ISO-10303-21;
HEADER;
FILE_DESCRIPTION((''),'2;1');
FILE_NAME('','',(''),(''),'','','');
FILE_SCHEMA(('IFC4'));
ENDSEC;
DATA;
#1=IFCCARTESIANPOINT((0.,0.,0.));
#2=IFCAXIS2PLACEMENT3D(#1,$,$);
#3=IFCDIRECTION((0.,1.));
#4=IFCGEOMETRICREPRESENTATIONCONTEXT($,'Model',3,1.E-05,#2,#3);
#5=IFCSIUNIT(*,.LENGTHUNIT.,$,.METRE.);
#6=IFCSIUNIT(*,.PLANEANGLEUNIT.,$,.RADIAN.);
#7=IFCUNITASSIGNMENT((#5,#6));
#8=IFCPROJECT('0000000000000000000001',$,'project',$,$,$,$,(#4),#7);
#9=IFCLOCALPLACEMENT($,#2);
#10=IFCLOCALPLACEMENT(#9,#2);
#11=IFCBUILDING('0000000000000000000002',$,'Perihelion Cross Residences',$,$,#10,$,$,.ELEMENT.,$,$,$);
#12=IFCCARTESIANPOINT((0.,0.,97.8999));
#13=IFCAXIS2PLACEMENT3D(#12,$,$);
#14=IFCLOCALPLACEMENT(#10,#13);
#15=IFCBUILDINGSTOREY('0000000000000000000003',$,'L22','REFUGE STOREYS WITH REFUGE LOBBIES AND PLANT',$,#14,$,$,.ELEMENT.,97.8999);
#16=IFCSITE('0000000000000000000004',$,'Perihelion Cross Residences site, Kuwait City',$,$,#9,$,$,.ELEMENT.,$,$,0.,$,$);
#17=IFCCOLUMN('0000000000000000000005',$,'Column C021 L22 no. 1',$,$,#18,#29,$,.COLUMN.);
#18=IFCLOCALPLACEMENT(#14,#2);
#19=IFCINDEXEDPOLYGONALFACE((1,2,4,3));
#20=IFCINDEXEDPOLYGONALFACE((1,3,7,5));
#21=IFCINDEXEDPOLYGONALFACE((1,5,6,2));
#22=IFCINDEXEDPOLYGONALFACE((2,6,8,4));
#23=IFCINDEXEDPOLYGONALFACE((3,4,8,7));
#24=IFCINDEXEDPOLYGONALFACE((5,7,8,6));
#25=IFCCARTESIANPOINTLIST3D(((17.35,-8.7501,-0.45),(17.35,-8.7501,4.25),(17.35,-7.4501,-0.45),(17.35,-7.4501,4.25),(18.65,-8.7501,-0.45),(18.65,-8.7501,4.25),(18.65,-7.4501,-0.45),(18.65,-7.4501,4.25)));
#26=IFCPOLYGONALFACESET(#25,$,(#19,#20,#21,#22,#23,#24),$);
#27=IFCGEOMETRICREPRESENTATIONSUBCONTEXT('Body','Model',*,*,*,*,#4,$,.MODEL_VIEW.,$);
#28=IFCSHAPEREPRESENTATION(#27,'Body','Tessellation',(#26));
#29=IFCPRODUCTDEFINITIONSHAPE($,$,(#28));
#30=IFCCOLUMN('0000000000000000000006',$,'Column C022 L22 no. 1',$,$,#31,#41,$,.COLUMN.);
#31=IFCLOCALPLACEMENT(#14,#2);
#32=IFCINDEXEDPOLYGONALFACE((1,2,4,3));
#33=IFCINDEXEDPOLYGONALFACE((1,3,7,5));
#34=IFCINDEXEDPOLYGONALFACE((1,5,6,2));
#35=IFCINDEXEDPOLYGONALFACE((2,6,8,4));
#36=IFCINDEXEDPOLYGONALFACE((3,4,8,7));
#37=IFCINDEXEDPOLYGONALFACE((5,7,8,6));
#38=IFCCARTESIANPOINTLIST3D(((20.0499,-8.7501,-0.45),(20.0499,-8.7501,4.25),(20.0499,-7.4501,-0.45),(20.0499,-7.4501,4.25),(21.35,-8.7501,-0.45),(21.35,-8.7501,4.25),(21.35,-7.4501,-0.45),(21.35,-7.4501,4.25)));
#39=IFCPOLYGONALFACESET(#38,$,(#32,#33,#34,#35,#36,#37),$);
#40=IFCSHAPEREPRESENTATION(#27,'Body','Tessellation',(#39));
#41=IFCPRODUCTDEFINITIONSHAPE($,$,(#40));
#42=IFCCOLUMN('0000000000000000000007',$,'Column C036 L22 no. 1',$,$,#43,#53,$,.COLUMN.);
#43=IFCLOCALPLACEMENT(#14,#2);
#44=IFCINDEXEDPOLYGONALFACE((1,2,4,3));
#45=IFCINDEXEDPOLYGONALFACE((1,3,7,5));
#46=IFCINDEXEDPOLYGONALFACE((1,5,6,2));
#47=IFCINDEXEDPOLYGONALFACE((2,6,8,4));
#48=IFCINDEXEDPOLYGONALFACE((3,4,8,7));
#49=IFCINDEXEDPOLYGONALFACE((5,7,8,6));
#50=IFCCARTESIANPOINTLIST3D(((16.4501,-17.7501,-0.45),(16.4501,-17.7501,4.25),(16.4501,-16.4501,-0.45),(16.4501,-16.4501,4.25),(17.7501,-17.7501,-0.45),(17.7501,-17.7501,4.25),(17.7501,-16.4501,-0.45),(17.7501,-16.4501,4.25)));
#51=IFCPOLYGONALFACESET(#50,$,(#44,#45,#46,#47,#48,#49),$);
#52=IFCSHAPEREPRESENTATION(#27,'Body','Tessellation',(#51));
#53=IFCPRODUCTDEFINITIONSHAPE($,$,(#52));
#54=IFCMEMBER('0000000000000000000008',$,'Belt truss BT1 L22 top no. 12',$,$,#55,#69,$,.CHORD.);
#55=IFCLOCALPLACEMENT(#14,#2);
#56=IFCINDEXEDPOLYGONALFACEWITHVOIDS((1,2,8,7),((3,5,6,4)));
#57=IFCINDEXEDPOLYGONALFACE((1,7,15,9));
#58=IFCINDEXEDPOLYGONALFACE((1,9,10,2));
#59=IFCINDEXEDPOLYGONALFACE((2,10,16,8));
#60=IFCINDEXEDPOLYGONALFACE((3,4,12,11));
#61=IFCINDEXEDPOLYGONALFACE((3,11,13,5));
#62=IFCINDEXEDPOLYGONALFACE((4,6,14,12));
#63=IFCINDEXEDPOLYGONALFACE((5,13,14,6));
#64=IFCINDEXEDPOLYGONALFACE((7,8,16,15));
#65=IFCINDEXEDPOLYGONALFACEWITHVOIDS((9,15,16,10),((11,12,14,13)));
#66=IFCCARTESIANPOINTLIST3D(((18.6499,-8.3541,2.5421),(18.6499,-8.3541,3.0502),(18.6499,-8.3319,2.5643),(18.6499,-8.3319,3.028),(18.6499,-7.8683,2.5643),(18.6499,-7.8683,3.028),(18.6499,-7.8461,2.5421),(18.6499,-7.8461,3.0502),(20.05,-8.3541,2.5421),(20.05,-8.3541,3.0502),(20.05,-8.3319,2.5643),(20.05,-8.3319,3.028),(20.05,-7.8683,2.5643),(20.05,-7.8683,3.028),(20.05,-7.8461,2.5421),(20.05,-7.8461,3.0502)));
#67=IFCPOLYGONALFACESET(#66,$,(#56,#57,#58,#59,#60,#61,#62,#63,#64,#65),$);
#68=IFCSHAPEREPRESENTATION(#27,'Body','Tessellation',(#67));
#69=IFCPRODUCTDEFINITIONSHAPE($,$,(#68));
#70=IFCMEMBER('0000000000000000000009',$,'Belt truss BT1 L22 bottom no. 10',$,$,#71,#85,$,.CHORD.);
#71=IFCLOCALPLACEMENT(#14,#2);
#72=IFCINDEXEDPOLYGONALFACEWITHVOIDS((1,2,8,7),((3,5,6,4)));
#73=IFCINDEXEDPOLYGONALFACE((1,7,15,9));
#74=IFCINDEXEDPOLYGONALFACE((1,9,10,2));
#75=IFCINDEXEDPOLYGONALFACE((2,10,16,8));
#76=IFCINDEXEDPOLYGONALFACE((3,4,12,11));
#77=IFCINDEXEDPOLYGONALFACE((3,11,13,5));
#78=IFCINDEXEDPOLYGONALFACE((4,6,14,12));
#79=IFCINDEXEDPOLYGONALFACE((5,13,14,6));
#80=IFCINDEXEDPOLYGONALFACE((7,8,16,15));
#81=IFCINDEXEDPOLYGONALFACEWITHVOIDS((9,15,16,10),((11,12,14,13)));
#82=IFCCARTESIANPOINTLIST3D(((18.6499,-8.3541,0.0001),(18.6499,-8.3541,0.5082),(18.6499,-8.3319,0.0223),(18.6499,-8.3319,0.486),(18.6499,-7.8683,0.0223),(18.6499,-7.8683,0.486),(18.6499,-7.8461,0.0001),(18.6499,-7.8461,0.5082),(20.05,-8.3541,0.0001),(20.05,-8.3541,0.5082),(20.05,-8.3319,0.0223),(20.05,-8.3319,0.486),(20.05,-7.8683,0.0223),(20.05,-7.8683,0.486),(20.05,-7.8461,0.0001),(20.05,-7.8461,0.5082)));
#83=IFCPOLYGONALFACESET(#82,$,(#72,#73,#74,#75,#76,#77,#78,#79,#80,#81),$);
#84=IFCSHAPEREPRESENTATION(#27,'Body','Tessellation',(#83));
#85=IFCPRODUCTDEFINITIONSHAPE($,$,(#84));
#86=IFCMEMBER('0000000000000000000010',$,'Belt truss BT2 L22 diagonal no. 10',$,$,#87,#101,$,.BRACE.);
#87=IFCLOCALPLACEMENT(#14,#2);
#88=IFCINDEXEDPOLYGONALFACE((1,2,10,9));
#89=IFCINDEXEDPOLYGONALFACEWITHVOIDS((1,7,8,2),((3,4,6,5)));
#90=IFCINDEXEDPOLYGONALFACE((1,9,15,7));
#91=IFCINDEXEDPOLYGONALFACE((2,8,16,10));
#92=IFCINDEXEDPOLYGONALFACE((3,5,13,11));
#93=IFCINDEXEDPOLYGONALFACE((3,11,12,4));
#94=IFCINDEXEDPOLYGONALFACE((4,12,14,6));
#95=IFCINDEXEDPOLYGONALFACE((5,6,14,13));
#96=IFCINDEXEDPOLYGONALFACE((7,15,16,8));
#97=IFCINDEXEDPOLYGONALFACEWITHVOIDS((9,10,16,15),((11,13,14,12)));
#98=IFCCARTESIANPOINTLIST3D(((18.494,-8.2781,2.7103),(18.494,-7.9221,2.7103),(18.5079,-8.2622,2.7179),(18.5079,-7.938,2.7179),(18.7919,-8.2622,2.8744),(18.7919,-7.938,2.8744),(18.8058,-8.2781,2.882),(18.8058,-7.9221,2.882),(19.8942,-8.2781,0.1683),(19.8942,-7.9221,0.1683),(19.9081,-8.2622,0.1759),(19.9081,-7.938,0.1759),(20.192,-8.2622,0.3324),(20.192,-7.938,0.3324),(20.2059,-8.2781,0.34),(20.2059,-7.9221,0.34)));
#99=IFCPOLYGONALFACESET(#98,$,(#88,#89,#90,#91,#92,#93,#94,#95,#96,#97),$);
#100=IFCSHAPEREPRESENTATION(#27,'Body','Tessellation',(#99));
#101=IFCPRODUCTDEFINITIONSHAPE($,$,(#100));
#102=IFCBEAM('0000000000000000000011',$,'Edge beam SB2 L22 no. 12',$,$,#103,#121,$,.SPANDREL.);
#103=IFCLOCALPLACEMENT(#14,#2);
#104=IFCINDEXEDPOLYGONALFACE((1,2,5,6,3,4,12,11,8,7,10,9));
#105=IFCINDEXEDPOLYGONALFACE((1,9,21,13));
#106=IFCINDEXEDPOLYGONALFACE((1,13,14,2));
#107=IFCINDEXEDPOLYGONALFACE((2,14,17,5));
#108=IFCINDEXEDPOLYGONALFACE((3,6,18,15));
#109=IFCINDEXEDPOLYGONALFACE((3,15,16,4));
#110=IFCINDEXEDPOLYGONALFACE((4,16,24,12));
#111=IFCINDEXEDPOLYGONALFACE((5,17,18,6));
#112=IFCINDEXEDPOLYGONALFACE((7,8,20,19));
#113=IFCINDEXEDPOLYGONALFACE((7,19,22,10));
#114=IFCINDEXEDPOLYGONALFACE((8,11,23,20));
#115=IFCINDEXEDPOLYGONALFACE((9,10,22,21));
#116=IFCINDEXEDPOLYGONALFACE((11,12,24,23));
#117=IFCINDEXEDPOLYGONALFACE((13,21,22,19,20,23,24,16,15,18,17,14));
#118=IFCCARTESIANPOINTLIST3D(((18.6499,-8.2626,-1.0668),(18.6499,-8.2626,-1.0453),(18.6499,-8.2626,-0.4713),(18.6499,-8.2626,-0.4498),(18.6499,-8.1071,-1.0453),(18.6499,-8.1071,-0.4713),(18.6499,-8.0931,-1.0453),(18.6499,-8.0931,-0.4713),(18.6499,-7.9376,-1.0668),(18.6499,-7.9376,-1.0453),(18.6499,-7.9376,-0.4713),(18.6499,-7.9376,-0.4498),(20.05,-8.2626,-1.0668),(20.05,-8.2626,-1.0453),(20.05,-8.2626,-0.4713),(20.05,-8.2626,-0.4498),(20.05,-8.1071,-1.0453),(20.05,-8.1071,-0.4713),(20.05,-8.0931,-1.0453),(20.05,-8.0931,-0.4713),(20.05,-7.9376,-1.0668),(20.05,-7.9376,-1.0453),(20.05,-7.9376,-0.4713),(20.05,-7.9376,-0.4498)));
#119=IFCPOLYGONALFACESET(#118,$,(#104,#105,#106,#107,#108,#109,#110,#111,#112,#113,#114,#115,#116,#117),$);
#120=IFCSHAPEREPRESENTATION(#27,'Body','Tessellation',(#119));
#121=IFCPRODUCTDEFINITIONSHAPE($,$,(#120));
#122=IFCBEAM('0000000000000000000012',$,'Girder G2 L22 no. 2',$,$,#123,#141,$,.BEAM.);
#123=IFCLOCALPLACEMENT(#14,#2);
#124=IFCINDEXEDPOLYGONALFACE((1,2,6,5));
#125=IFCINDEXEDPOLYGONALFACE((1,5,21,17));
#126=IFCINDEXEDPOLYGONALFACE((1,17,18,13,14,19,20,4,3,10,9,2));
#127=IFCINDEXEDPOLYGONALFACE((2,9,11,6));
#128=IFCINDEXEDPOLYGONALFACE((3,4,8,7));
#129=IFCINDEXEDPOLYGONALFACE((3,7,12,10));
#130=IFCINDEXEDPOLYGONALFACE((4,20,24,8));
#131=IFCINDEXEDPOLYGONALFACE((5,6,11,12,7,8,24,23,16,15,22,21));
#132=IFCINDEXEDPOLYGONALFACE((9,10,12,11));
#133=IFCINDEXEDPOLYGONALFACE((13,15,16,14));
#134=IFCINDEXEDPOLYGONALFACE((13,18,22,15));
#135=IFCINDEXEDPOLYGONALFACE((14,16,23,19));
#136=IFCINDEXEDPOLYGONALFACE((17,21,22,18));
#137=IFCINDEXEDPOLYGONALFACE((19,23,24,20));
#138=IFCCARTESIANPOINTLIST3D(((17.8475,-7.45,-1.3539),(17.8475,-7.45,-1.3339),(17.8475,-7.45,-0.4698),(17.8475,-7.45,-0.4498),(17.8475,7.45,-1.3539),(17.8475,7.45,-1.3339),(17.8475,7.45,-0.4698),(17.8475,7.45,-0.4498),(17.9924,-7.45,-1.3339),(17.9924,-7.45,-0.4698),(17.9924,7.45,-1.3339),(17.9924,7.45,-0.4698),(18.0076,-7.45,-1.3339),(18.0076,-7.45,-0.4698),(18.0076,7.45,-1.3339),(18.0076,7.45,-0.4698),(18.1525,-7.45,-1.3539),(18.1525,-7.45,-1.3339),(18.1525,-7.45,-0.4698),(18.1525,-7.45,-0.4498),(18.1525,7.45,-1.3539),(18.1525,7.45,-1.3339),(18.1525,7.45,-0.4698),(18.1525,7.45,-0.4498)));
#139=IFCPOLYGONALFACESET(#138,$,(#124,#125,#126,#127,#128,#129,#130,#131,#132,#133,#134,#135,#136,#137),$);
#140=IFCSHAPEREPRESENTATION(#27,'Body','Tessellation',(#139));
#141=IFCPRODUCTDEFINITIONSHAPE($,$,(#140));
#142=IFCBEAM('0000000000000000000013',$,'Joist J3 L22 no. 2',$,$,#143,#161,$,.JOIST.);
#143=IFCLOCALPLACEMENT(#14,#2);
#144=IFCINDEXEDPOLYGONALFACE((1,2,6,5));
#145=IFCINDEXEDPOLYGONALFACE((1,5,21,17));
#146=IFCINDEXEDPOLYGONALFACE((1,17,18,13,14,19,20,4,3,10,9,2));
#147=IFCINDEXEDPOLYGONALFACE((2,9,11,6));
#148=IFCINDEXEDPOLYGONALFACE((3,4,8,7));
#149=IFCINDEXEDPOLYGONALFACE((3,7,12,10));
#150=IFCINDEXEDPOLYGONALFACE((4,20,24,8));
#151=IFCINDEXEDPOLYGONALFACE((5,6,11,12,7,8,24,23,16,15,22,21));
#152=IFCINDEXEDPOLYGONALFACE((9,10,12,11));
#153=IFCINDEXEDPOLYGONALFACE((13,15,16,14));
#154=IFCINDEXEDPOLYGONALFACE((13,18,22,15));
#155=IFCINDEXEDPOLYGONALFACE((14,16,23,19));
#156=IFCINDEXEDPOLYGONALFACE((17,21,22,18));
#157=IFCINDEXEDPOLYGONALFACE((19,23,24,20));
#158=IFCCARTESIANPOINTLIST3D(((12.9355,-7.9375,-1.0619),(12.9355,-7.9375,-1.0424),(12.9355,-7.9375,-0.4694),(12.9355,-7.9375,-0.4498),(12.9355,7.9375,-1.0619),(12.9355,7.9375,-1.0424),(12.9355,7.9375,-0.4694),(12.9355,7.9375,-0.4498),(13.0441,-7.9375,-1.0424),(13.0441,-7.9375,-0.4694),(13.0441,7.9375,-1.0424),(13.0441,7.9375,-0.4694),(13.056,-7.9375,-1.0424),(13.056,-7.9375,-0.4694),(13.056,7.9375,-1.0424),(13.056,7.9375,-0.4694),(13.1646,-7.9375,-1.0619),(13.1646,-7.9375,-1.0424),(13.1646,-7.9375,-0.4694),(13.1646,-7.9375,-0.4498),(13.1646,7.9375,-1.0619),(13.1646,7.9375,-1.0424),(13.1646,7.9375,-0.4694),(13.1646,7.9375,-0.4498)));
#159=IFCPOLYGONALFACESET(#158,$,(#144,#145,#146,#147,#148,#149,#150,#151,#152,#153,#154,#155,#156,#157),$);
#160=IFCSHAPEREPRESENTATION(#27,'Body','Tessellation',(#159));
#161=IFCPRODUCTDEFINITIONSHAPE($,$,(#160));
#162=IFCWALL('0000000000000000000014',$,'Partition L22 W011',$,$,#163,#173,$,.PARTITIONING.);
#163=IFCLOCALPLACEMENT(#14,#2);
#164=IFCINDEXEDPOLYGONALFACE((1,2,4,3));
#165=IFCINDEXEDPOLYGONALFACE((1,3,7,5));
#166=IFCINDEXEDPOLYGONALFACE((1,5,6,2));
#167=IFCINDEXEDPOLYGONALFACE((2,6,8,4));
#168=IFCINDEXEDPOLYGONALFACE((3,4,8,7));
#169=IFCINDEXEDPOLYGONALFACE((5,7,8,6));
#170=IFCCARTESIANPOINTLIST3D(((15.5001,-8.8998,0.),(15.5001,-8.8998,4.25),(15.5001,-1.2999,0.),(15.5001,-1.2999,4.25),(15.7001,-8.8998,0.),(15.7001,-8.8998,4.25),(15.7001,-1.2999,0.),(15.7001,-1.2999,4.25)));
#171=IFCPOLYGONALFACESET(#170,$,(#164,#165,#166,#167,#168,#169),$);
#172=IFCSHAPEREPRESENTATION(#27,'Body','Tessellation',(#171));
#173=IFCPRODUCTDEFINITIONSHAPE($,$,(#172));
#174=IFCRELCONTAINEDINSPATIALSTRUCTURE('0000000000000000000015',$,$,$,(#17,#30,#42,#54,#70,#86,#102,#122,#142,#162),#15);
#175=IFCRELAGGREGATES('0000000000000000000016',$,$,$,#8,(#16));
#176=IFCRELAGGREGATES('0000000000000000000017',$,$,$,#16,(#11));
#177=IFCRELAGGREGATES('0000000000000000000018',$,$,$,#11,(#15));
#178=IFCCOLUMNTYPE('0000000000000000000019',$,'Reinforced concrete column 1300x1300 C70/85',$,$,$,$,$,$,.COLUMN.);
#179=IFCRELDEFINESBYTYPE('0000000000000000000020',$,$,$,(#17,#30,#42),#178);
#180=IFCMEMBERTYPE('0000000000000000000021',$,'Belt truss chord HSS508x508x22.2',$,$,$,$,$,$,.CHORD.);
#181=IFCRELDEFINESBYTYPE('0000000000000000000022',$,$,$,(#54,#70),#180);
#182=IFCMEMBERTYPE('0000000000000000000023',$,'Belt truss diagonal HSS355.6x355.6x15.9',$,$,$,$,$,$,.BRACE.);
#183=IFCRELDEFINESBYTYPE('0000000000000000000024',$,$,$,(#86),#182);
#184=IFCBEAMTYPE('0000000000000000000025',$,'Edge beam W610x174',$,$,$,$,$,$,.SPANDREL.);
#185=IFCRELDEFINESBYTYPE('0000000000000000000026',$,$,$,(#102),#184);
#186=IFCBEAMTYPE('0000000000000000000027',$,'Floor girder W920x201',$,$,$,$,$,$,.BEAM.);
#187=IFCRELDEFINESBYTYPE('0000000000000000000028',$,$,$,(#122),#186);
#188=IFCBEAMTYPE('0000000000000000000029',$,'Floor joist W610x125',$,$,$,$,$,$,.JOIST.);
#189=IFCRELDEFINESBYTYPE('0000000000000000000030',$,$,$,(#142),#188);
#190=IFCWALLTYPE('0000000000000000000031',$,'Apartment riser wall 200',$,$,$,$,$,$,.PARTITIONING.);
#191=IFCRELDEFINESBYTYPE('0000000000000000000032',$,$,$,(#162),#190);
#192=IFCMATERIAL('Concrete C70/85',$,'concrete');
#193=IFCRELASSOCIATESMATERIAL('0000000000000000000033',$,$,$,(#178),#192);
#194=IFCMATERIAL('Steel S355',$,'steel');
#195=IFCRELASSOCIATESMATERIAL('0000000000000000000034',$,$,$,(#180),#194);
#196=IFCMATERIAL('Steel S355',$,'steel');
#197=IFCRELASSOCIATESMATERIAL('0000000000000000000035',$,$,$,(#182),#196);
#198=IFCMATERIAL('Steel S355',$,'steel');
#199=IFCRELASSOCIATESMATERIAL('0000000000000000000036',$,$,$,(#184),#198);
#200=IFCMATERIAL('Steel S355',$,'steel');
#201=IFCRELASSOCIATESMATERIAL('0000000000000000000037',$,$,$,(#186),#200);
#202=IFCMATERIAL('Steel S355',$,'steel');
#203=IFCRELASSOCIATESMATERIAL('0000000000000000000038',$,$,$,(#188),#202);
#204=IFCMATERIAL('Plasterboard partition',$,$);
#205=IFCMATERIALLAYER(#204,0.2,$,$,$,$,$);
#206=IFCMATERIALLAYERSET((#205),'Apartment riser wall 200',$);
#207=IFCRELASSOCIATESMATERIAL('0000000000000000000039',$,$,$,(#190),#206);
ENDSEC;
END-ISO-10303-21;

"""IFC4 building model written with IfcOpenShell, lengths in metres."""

from ifc_helpers import new_model, si_unit, direction, frame, frame_2d, origin, origin_2d, place, context, subcontext, project, spatial, rectangle, hollow_rectangle, i_section, extrude, material, layer, layer_set, material_profile, profile_set, type_object, element, save


model = new_model("IFC4")

# Units and contexts
model_context = context("Model", 3, precision=1e-05, world=origin(), true_north=direction((0.0, 1.0)))
body_context = subcontext(model_context, "Body", "Model", "MODEL_VIEW")
ifc_project = project(units=[si_unit("LENGTHUNIT", "METRE"), si_unit("PLANEANGLEUNIT", "RADIAN")], contexts=[model_context])

# Site, building, storey
site_placement = place(None, origin())
site = spatial("IfcSite", under=ifc_project, at=site_placement, Name="Perihelion Cross Residences site, Kuwait City", CompositionType="ELEMENT", RefElevation=0.0)
building_placement = place(site_placement, origin())
building = spatial("IfcBuilding", under=site, at=building_placement, Name="Perihelion Cross Residences", CompositionType="ELEMENT")
storey_placement = place(building_placement, frame((0.0, 0.0, 97.8999)))
storey = spatial("IfcBuildingStorey", under=building, at=storey_placement, Name="L22", Description="REFUGE STOREYS WITH REFUGE LOBBIES AND PLANT", CompositionType="ELEMENT", Elevation=97.8999)

# Columns
ifc_material_1 = material(Name="Concrete C70/85", Category="concrete")
ifc_material_profile_1 = material_profile(ifc_material_1, rectangle(XDim=1.3, YDim=1.3, at=origin_2d()), Name="RC 1300x1300")
ifc_profile_set_1 = profile_set([ifc_material_profile_1], Name="Concrete C70/85")
column_type = type_object("IfcColumnType", Name="Reinforced concrete column 1300x1300 C70/85", PredefinedType="COLUMN", material=ifc_profile_set_1)
for number, where, z_axis, x_axis, name in (
    (1, (18.0, -8.1001, -0.45), (0.0, 0.0, 1.0), (1.0, 0.0, 0.0), "Column C021 L22 no. 1"),
    (2, (20.7, -8.1001, -0.45), (0.0, 0.0, 1.0), (1.0, 0.0, 0.0), "Column C022 L22 no. 1"),
    (3, (17.1001, -17.1001, -0.45), (0.0, 0.0, 1.0), (1.0, 0.0, 0.0), "Column C036 L22 no. 1"),
):
    element("IfcColumn", number, at=place(storey_placement, frame(where, z_axis=z_axis, x_axis=x_axis)), inside=storey, type_object=column_type, Name=name, PredefinedType="COLUMN", context=body_context, shape_type="SweptSolid", body=[
        extrude(rectangle(XDim=1.3, YDim=1.3, at=origin_2d()), origin(), (0.0, 0.0, 1.0), 4.7),
    ])

# Members
ifc_material_2 = material(Name="Steel S355", Category="steel")
ifc_material_profile_2 = material_profile(ifc_material_2, hollow_rectangle(XDim=0.5081, YDim=0.5081, WallThickness=0.0222, at=origin_2d()), Name="HSS508x508x22.2")
ifc_profile_set_2 = profile_set([ifc_material_profile_2], Name="Steel S355")
member_type_1 = type_object("IfcMemberType", Name="Belt truss chord HSS508x508x22.2", PredefinedType="CHORD", material=ifc_profile_set_2)
for number, where, z_axis, x_axis, name in (
    (4, (18.6499, -8.1001, 2.7961), (1.0, 0.0, 0.0), (0.0, 1.0, 0.0), "Belt truss BT1 L22 top no. 12"),
    (5, (18.6499, -8.1001, 0.2542), (1.0, 0.0, 0.0), (0.0, 1.0, 0.0), "Belt truss BT1 L22 bottom no. 10"),
):
    element("IfcMember", number, at=place(storey_placement, frame(where, z_axis=z_axis, x_axis=x_axis)), inside=storey, type_object=member_type_1, Name=name, PredefinedType="CHORD", context=body_context, shape_type="SweptSolid", body=[
        extrude(hollow_rectangle(XDim=0.5081, YDim=0.5081, WallThickness=0.0222, at=origin_2d()), origin(), (0.0, 0.0, 1.0), 1.4001),
    ])
ifc_material_3 = material(Name="Steel S355", Category="steel")
ifc_material_profile_3 = material_profile(ifc_material_3, hollow_rectangle(XDim=0.356, YDim=0.356, WallThickness=0.0159, at=origin_2d()), Name="HSS355.6x355.6x15.9")
ifc_profile_set_3 = profile_set([ifc_material_profile_3], Name="Steel S355")
member_type_2 = type_object("IfcMemberType", Name="Belt truss diagonal HSS355.6x355.6x15.9", PredefinedType="BRACE", material=ifc_profile_set_3)
member_placement = place(storey_placement, frame((20.05, -8.1001, 0.2542), z_axis=(-0.482461, 0.0, 0.875917), x_axis=(0.0, -1.0, 0.0)))
element("IfcMember", 6, at=member_placement, inside=storey, type_object=member_type_2, Name="Belt truss BT2 L22 diagonal no. 10", PredefinedType="BRACE", context=body_context, shape_type="SweptSolid", body=[
    extrude(hollow_rectangle(XDim=0.356, YDim=0.356, WallThickness=0.0159, at=origin_2d()), origin(), (0.0, 0.0, 1.0), 2.9021),
])

# Beams
ifc_material_4 = material(Name="Steel S355", Category="steel")
ifc_material_profile_4 = material_profile(ifc_material_4, i_section(OverallWidth=0.325, OverallDepth=0.6169, WebThickness=0.0139, FlangeThickness=0.0215, at=origin_2d()), Name="W610x174")
ifc_profile_set_4 = profile_set([ifc_material_profile_4], Name="Steel S355")
beam_type_1 = type_object("IfcBeamType", Name="Edge beam W610x174", PredefinedType="SPANDREL", material=ifc_profile_set_4)
beam_1_placement = place(storey_placement, frame((18.6499, -8.1001, -0.7583), z_axis=(1.0, 0.0, 0.0), x_axis=(0.0, 1.0, 0.0)))
element("IfcBeam", 7, at=beam_1_placement, inside=storey, type_object=beam_type_1, Name="Edge beam SB2 L22 no. 12", PredefinedType="SPANDREL", context=body_context, shape_type="SweptSolid", body=[
    extrude(i_section(OverallWidth=0.325, OverallDepth=0.6169, WebThickness=0.0139, FlangeThickness=0.0215, at=origin_2d()), origin(), (0.0, 0.0, 1.0), 1.4001),
])
ifc_material_5 = material(Name="Steel S355", Category="steel")
ifc_material_profile_5 = material_profile(ifc_material_5, i_section(OverallWidth=0.3049, OverallDepth=0.9041, WebThickness=0.0151, FlangeThickness=0.02, at=origin_2d()), Name="W920x201")
ifc_profile_set_5 = profile_set([ifc_material_profile_5], Name="Steel S355")
beam_type_2 = type_object("IfcBeamType", Name="Floor girder W920x201", PredefinedType="BEAM", material=ifc_profile_set_5)
beam_2_placement = place(storey_placement, frame((18.0, -7.45, -0.9019), z_axis=(0.0, 1.0, 0.0), x_axis=(-1.0, 0.0, 0.0)))
element("IfcBeam", 8, at=beam_2_placement, inside=storey, type_object=beam_type_2, Name="Girder G2 L22 no. 2", PredefinedType="BEAM", context=body_context, shape_type="SweptSolid", body=[
    extrude(i_section(OverallWidth=0.3049, OverallDepth=0.9041, WebThickness=0.0151, FlangeThickness=0.02, at=origin_2d()), origin(), (0.0, 0.0, 1.0), 14.8999),
])
ifc_material_6 = material(Name="Steel S355", Category="steel")
ifc_material_profile_6 = material_profile(ifc_material_6, i_section(OverallWidth=0.229, OverallDepth=0.6121, WebThickness=0.012, FlangeThickness=0.0195, at=origin_2d()), Name="W610x125")
ifc_profile_set_6 = profile_set([ifc_material_profile_6], Name="Steel S355")
beam_type_3 = type_object("IfcBeamType", Name="Floor joist W610x125", PredefinedType="JOIST", material=ifc_profile_set_6)
beam_3_placement = place(storey_placement, frame((13.05, -7.9375, -0.7559), z_axis=(0.0, 1.0, 0.0), x_axis=(-1.0, 0.0, 0.0)))
element("IfcBeam", 9, at=beam_3_placement, inside=storey, type_object=beam_type_3, Name="Joist J3 L22 no. 2", PredefinedType="JOIST", context=body_context, shape_type="SweptSolid", body=[
    extrude(i_section(OverallWidth=0.229, OverallDepth=0.6121, WebThickness=0.012, FlangeThickness=0.0195, at=origin_2d()), origin(), (0.0, 0.0, 1.0), 15.875),
])

# Wall
ifc_material_7 = material(Name="Plasterboard partition")
ifc_layer_1 = layer(ifc_material_7, 0.2)
ifc_layer_set_1 = layer_set([ifc_layer_1], Name="Apartment riser wall 200")
wall_type_1 = type_object("IfcWallType", Name="Apartment riser wall 200", PredefinedType="PARTITIONING", material=ifc_layer_set_1)
wall_1_placement = place(storey_placement, frame((15.6001, -1.3, 0.0), z_axis=(0.0, 0.0, 1.0), x_axis=(0.0, -1.0, 0.0)))
element("IfcWall", 10, at=wall_1_placement, inside=storey, type_object=wall_type_1, Name="Partition L22 W011", PredefinedType="PARTITIONING", context=body_context, shape_type="SweptSolid", body=[
    extrude(rectangle(XDim=7.5999, YDim=0.2, at=frame_2d((3.7998, 0.0))), origin(), (0.0, 0.0, 1.0), 4.25),
])

save(model, "model.ifc")
